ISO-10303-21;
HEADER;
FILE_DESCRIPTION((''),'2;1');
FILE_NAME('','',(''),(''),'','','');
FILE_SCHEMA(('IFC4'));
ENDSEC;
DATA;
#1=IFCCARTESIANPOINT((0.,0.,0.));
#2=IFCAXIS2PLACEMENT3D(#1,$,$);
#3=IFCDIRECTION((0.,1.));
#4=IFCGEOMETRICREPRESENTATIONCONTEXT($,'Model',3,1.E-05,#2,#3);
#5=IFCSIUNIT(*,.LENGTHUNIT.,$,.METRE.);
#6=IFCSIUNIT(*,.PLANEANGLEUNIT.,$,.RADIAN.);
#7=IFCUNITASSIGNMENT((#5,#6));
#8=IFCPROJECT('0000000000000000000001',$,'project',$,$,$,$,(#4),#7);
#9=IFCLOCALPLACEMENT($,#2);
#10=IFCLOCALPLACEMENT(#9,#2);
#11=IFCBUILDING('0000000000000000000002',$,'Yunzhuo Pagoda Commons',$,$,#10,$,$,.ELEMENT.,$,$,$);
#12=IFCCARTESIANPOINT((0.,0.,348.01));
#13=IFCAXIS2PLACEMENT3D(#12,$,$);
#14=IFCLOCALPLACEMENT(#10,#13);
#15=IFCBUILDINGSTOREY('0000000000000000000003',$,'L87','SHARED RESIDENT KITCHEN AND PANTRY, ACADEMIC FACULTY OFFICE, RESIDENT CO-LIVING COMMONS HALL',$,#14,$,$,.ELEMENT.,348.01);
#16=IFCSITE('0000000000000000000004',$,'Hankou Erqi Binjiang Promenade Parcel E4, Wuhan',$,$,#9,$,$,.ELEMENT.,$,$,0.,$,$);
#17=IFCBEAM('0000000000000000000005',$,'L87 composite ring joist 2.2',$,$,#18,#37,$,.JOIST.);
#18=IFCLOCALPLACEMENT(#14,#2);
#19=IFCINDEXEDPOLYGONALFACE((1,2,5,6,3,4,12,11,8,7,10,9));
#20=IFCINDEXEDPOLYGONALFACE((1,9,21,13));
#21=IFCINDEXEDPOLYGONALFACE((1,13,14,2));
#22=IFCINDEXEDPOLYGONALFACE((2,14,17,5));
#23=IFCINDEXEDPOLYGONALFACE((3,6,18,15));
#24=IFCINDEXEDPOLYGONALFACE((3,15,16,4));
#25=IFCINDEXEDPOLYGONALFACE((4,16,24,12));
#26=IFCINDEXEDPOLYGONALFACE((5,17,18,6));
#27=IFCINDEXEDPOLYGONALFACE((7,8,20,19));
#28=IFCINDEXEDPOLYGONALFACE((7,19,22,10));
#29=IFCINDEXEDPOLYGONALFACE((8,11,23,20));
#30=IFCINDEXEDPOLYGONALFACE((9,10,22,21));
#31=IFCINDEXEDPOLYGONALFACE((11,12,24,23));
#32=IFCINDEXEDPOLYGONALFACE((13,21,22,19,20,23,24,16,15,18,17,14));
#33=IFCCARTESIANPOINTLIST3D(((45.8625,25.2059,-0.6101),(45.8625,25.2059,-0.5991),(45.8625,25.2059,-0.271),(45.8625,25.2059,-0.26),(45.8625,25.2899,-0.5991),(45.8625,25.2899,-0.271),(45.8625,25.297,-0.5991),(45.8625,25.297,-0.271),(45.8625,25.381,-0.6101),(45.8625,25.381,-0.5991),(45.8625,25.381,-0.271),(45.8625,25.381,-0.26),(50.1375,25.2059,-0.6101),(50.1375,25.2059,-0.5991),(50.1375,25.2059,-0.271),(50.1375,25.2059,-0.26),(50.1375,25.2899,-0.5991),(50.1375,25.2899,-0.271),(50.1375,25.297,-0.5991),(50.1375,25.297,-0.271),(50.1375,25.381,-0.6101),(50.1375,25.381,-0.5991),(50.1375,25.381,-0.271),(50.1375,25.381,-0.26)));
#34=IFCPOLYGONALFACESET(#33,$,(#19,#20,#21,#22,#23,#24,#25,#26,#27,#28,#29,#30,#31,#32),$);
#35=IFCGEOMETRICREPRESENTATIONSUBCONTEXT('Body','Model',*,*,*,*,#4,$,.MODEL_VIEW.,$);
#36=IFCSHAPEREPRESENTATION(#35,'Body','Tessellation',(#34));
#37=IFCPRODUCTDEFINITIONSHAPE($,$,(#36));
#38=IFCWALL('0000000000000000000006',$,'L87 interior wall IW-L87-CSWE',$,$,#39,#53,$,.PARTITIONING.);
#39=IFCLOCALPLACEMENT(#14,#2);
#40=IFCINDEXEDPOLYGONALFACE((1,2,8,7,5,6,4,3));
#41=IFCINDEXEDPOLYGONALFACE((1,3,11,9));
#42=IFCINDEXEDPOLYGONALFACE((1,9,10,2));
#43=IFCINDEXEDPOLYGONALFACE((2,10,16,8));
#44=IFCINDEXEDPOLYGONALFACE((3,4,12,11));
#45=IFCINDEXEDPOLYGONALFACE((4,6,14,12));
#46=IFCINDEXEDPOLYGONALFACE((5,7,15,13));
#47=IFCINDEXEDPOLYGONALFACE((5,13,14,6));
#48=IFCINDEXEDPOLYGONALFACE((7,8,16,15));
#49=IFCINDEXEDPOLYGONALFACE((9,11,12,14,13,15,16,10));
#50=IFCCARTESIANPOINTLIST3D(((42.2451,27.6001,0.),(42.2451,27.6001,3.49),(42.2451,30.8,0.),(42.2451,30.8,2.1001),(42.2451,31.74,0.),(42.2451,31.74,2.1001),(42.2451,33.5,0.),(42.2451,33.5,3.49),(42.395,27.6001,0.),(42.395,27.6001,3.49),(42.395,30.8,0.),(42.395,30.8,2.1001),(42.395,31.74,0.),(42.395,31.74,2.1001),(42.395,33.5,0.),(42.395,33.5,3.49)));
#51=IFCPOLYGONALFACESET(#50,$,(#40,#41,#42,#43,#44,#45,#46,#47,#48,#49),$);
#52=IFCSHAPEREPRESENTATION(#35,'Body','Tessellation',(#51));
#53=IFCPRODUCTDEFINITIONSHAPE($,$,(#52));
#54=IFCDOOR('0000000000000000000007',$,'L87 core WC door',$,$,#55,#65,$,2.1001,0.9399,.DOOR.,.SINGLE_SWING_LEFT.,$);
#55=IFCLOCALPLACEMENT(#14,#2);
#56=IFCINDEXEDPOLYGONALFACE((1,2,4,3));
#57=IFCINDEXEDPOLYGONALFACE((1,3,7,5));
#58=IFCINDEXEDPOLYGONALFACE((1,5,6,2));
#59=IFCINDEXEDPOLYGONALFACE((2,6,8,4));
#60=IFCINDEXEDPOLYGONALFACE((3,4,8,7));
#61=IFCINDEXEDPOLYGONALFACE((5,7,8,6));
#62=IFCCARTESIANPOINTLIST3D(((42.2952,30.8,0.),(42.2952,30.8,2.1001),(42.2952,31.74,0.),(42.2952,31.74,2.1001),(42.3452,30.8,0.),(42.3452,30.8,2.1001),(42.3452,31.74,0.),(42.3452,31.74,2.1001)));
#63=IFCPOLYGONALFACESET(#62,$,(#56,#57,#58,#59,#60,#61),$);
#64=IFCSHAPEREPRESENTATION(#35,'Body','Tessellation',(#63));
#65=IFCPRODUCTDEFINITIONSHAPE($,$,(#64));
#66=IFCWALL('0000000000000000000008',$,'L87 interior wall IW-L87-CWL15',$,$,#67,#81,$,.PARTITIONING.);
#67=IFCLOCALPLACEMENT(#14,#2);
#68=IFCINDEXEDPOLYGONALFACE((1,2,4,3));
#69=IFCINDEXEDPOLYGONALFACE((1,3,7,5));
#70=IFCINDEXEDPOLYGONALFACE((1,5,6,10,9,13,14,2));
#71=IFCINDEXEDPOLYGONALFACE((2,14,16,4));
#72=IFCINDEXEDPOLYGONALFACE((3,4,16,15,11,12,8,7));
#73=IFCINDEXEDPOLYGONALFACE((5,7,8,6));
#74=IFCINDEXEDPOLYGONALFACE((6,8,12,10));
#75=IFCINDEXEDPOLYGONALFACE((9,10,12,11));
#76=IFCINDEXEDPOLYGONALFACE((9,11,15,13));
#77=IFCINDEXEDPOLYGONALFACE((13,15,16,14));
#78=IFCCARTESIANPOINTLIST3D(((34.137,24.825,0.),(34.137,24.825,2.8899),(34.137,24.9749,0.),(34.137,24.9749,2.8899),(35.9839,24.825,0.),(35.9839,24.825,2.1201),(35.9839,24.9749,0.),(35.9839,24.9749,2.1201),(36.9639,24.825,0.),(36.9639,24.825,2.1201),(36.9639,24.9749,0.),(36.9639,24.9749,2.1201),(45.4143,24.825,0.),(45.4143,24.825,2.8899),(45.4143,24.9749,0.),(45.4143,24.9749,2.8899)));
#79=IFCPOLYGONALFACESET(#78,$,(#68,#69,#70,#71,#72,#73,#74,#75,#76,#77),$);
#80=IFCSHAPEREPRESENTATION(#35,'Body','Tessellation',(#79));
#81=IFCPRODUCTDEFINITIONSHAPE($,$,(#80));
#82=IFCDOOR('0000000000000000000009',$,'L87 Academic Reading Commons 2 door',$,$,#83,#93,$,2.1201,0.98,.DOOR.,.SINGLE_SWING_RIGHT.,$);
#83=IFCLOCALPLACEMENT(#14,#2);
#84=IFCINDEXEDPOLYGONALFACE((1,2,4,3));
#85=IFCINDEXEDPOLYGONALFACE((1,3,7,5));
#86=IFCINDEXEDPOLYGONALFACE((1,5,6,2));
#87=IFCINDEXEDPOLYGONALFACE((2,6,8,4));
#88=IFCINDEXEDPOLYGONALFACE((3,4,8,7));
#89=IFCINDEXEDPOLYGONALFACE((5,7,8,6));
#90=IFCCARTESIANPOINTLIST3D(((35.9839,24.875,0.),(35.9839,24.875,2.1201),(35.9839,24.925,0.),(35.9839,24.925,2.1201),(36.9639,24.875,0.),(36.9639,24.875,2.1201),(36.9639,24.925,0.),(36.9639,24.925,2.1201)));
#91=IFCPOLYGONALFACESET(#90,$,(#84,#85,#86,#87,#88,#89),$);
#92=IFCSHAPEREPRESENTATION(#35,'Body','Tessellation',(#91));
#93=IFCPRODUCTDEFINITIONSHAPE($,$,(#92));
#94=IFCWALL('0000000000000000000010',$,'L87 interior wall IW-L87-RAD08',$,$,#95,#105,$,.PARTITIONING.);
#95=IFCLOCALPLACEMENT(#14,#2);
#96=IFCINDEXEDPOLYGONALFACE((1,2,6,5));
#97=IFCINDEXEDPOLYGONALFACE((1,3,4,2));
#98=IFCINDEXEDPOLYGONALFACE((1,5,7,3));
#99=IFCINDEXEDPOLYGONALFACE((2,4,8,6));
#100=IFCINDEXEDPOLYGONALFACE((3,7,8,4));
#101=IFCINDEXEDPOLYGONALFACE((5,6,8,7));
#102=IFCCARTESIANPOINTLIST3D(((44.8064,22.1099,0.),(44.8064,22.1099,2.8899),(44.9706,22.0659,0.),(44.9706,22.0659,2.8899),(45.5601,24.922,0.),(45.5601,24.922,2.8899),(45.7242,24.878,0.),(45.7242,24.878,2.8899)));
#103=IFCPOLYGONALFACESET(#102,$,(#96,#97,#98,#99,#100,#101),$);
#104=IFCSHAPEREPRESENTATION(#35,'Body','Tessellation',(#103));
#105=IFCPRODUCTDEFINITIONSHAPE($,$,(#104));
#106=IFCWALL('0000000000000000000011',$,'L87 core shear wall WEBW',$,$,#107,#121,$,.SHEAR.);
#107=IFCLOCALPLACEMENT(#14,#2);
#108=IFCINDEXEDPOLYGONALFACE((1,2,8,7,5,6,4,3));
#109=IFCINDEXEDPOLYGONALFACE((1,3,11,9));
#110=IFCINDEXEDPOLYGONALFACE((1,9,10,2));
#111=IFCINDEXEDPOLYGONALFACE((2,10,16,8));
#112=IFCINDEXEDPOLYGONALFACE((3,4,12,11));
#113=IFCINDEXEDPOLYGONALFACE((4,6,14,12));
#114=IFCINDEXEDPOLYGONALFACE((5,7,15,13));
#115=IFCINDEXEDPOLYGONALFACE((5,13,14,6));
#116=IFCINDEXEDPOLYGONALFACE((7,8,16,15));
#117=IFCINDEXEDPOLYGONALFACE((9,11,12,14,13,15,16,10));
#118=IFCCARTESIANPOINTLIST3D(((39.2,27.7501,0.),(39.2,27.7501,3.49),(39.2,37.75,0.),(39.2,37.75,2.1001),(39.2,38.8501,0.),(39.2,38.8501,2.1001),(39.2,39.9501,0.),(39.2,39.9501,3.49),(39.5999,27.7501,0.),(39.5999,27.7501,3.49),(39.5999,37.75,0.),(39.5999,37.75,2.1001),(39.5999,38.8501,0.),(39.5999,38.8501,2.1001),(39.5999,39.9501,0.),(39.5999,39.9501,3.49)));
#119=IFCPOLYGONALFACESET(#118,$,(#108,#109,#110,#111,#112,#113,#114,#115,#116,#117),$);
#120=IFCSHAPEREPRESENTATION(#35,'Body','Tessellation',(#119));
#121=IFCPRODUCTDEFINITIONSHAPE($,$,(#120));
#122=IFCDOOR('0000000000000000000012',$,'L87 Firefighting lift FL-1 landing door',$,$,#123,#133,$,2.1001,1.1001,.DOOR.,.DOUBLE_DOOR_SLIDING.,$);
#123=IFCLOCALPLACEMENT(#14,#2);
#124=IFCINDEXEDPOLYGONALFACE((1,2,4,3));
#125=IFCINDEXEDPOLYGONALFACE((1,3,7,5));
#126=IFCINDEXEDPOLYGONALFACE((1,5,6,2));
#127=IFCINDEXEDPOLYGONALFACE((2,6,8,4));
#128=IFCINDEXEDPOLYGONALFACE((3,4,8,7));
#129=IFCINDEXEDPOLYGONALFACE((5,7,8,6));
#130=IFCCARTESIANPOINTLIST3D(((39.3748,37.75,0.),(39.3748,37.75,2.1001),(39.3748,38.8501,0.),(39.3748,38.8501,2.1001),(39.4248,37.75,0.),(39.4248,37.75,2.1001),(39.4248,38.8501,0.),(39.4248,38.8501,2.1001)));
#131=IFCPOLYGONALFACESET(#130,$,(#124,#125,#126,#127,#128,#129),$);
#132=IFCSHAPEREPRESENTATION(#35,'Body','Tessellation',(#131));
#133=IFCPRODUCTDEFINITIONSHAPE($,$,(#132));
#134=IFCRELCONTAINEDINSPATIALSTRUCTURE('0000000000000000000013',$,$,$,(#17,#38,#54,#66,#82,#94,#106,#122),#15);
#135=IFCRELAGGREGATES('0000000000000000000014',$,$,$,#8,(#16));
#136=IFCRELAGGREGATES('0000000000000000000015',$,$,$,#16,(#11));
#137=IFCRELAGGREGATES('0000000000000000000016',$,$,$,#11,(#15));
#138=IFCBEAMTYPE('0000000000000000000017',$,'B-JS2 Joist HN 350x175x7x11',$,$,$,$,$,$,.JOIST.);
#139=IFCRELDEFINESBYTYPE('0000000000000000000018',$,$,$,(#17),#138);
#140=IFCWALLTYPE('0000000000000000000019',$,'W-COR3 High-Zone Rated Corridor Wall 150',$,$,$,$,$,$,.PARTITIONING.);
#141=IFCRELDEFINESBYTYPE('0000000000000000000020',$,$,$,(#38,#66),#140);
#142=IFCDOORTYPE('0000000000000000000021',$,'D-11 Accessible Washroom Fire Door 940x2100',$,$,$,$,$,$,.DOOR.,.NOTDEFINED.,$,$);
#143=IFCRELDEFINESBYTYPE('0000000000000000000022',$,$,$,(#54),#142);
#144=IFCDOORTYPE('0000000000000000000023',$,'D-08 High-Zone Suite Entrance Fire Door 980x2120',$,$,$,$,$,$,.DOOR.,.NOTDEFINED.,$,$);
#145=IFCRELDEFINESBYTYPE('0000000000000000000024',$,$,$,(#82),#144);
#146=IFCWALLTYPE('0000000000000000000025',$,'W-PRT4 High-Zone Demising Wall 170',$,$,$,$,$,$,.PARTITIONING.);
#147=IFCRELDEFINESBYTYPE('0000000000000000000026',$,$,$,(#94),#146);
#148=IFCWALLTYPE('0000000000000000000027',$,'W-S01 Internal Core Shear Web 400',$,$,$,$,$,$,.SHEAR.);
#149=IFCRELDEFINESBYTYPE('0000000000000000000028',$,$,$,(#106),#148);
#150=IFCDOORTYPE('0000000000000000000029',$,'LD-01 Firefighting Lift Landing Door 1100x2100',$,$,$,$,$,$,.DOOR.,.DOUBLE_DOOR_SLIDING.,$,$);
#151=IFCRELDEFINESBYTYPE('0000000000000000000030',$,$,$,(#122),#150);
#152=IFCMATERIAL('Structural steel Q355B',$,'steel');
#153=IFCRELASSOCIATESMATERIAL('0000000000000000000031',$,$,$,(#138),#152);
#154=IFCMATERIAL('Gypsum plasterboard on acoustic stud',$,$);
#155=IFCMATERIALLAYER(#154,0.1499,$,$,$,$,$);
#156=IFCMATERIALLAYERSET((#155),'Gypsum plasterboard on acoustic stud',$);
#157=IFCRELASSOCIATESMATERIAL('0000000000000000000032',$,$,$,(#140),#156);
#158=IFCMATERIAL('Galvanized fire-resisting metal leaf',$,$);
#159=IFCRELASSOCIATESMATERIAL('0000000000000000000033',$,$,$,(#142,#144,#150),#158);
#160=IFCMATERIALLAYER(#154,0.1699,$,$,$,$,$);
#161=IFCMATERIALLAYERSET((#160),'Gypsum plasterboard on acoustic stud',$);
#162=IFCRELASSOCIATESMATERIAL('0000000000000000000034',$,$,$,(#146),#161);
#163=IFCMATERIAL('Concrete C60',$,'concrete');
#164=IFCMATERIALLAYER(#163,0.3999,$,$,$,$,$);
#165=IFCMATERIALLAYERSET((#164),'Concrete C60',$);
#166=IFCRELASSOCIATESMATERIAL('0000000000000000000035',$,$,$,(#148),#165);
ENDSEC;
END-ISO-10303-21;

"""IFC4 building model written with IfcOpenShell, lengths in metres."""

from ifc_helpers import new_model, si_unit, direction, frame, frame_2d, origin, origin_with_axes, origin_2d, place, context, subcontext, project, spatial, rectangle, i_section, extrude, source, transform, mapped, material, layer, layer_set, material_profile, profile_set, type_object, element, fill, save


model = new_model("IFC4")

# Units and contexts
model_context = context("Model", 3, precision=1e-05, world=origin(), true_north=direction((0.0, 1.0)))
body_context = subcontext(model_context, "Body", "Model", "MODEL_VIEW")
ifc_project = project(units=[si_unit("LENGTHUNIT", "METRE"), si_unit("PLANEANGLEUNIT", "RADIAN")], contexts=[model_context])

# Site, building, storey
site_placement = place(None, origin())
site = spatial("IfcSite", under=ifc_project, at=site_placement, Name="Hankou Erqi Binjiang Promenade Parcel E4, Wuhan", CompositionType="ELEMENT", RefElevation=0.0)
building_placement = place(site_placement, origin())
building = spatial("IfcBuilding", under=site, at=building_placement, Name="Yunzhuo Pagoda Commons", CompositionType="ELEMENT")
storey_placement = place(building_placement, frame((0.0, 0.0, 348.01)))
storey = spatial("IfcBuildingStorey", under=building, at=storey_placement, Name="L87", Description="SHARED RESIDENT KITCHEN AND PANTRY, ACADEMIC FACULTY OFFICE, RESIDENT CO-LIVING COMMONS HALL", CompositionType="ELEMENT", Elevation=348.01)

# Shared definitions
ifc_material_1 = material(Name="Structural steel Q355B", Category="steel")

# Beam
ifc_material_profile_1 = material_profile(ifc_material_1, i_section(OverallWidth=0.175, OverallDepth=0.3501, WebThickness=0.0071, FlangeThickness=0.011, at=origin_2d()), Name="Structural steel Q355B")
ifc_profile_set_1 = profile_set([ifc_material_profile_1], Name="Structural steel Q355B")
beam_type_1 = type_object("IfcBeamType", Name="B-JS2 Joist HN 350x175x7x11", PredefinedType="JOIST", material=ifc_profile_set_1)
shared_shape_1 = source(origin(), body_context, "Body", "SweptSolid", [
    extrude(i_section(OverallWidth=0.175, OverallDepth=0.3501, WebThickness=0.0071, FlangeThickness=0.011, at=origin_2d()), origin(), (0.0, 0.0, 1.0), 4.2749),
])
beam_1_placement = place(storey_placement, frame((45.8625, 25.2935, -0.4351), z_axis=(1.0, 0.0, 0.0), x_axis=(0.0, 1.0, 0.0)))
element("IfcBeam", 1, at=beam_1_placement, inside=storey, type_object=beam_type_1, Name="L87 composite ring joist 2.2", PredefinedType="JOIST", context=body_context, shape_type="MappedRepresentation", body=[
    mapped(shared_shape_1, transform((0.0, 0.0, 0.0), scale=1.0)),
])

# Walls, openings, doors
ifc_material_2 = material(Name="Gypsum plasterboard on acoustic stud")
ifc_layer_1 = layer(ifc_material_2, 0.1499)
ifc_layer_set_1 = layer_set([ifc_layer_1], Name="Gypsum plasterboard on acoustic stud")
wall_type_1 = type_object("IfcWallType", Name="W-COR3 High-Zone Rated Corridor Wall 150", PredefinedType="PARTITIONING", material=ifc_layer_set_1)
wall_1_placement = place(storey_placement, frame((42.3201, 27.6001, 0.0), z_axis=(0.0, 0.0, 1.0), x_axis=(0.0, 1.0, 0.0)))
wall_1 = element("IfcWall", 2, at=wall_1_placement, inside=storey, type_object=wall_type_1, Name="L87 interior wall IW-L87-CSWE", PredefinedType="PARTITIONING", context=body_context, shape_type="SweptSolid", body=[
    extrude(rectangle(XDim=5.8999, YDim=0.1499, at=frame_2d((2.95, 0.0))), origin(), (0.0, 0.0, 1.0), 3.49),
])
opening_1_placement = place(wall_1_placement, frame((3.2, 0.0, 0.0)))
opening_1 = element("IfcOpeningElement", 3, at=opening_1_placement, cuts=wall_1, PredefinedType="OPENING", context=body_context, shape_type="SweptSolid", body=[
    extrude(rectangle(XDim=0.9399, YDim=2.1001, at=frame_2d((0.47, 1.05))), frame((0.0, 0.085, 0.0), z_axis=(0.0, -1.0, 0.0), x_axis=(1.0, 0.0, 0.0)), (0.0, 0.0, 1.0), 0.1699),
])
ifc_material_3 = material(Name="Galvanized fire-resisting metal leaf")
door_type_1 = type_object("IfcDoorType", Name="D-11 Accessible Washroom Fire Door 940x2100", OperationType="NOTDEFINED", PredefinedType="DOOR", material=ifc_material_3)
shared_shape_2 = source(origin(), body_context, "Body", "SweptSolid", [
    extrude(rectangle(XDim=0.9399, YDim=2.1001, at=frame_2d((0.47, 1.05))), frame((0.0, 0.0249, 0.0), z_axis=(0.0, -1.0, 0.0), x_axis=(1.0, 0.0, 0.0)), (0.0, 0.0, 1.0), 0.05),
])
door_1_placement = place(opening_1_placement, origin_with_axes())
door_1 = element("IfcDoor", 4, at=door_1_placement, inside=storey, type_object=door_type_1, Name="L87 core WC door", OperationType="SINGLE_SWING_LEFT", OverallHeight=2.1001, OverallWidth=0.9399, PredefinedType="DOOR", context=body_context, shape_type="MappedRepresentation", body=[
    mapped(shared_shape_2, transform((0.0, 0.0, 0.0), scale=1.0)),
])
fill(opening_1, door_1)
wall_2_placement = place(storey_placement, frame((45.4143, 24.8999, 0.0), z_axis=(0.0, 0.0, 1.0), x_axis=(-1.0, 0.0, 0.0)))
wall_2 = element("IfcWall", 5, at=wall_2_placement, inside=storey, type_object=wall_type_1, Name="L87 interior wall IW-L87-CWL15", PredefinedType="PARTITIONING", context=body_context, shape_type="SweptSolid", body=[
    extrude(rectangle(XDim=11.2773, YDim=0.1499, at=frame_2d((5.6387, 0.0))), origin(), (0.0, 0.0, 1.0), 2.8899),
])
opening_2_placement = place(wall_2_placement, frame((8.4504, 0.0, 0.0)))
opening_2 = element("IfcOpeningElement", 6, at=opening_2_placement, cuts=wall_2, PredefinedType="OPENING", context=body_context, shape_type="SweptSolid", body=[
    extrude(rectangle(XDim=0.98, YDim=2.1201, at=frame_2d((0.49, 1.0601))), frame((0.0, 0.085, 0.0), z_axis=(0.0, -1.0, 0.0), x_axis=(1.0, 0.0, 0.0)), (0.0, 0.0, 1.0), 0.1699),
])
door_type_2 = type_object("IfcDoorType", Name="D-08 High-Zone Suite Entrance Fire Door 980x2120", OperationType="NOTDEFINED", PredefinedType="DOOR", material=ifc_material_3)
shared_shape_3 = source(origin(), body_context, "Body", "SweptSolid", [
    extrude(rectangle(XDim=0.98, YDim=2.1201, at=frame_2d((0.49, 1.0601))), frame((0.0, 0.0249, 0.0), z_axis=(0.0, -1.0, 0.0), x_axis=(1.0, 0.0, 0.0)), (0.0, 0.0, 1.0), 0.05),
])
door_2_placement = place(opening_2_placement, origin_with_axes())
door_2 = element("IfcDoor", 7, at=door_2_placement, inside=storey, type_object=door_type_2, Name="L87 Academic Reading Commons 2 door", OperationType="SINGLE_SWING_RIGHT", OverallHeight=2.1201, OverallWidth=0.98, PredefinedType="DOOR", context=body_context, shape_type="MappedRepresentation", body=[
    mapped(shared_shape_3, transform((0.0, 0.0, 0.0), scale=1.0)),
])
fill(opening_2, door_2)

# Wall
ifc_layer_2 = layer(ifc_material_2, 0.1699)
ifc_layer_set_2 = layer_set([ifc_layer_2], Name="Gypsum plasterboard on acoustic stud")
wall_type_2 = type_object("IfcWallType", Name="W-PRT4 High-Zone Demising Wall 170", PredefinedType="PARTITIONING", material=ifc_layer_set_2)
wall_3_placement = place(storey_placement, frame((45.6421, 24.8999, 0.0), z_axis=(0.0, 0.0, 1.0), x_axis=(-0.258858, -0.965915, 0.0)))
element("IfcWall", 8, at=wall_3_placement, inside=storey, type_object=wall_type_2, Name="L87 interior wall IW-L87-RAD08", PredefinedType="PARTITIONING", context=body_context, shape_type="SweptSolid", body=[
    extrude(rectangle(XDim=2.9114, YDim=0.1699, at=frame_2d((1.4556, 0.0))), origin(), (0.0, 0.0, 1.0), 2.8899),
])

# Wall, opening, door
ifc_material_4 = material(Name="Concrete C60", Category="concrete")
ifc_layer_3 = layer(ifc_material_4, 0.3999)
ifc_layer_set_3 = layer_set([ifc_layer_3], Name="Concrete C60")
wall_type_3 = type_object("IfcWallType", Name="W-S01 Internal Core Shear Web 400", PredefinedType="SHEAR", material=ifc_layer_set_3)
wall_4_placement = place(storey_placement, frame((39.3999, 27.75, 0.0), z_axis=(0.0, 0.0, 1.0), x_axis=(0.0, 1.0, 0.0)))
wall_4 = element("IfcWall", 9, at=wall_4_placement, inside=storey, type_object=wall_type_3, Name="L87 core shear wall WEBW", PredefinedType="SHEAR", context=body_context, shape_type="SweptSolid", body=[
    extrude(rectangle(XDim=12.2, YDim=0.3999, at=frame_2d((6.1001, 0.0))), origin(), (0.0, 0.0, 1.0), 3.49),
])
opening_3_placement = place(wall_4_placement, frame((10.0, 0.0, 0.0)))
opening_3 = element("IfcOpeningElement", 10, at=opening_3_placement, cuts=wall_4, PredefinedType="OPENING", context=body_context, shape_type="SweptSolid", body=[
    extrude(rectangle(XDim=1.1001, YDim=2.1001, at=frame_2d((0.55, 1.05))), frame((0.0, 0.21, 0.0), z_axis=(0.0, -1.0, 0.0), x_axis=(1.0, 0.0, 0.0)), (0.0, 0.0, 1.0), 0.4199),
])
door_type_3 = type_object("IfcDoorType", Name="LD-01 Firefighting Lift Landing Door 1100x2100", OperationType="DOUBLE_DOOR_SLIDING", PredefinedType="DOOR", material=ifc_material_3)
shared_shape_4 = source(origin(), body_context, "Body", "SweptSolid", [
    extrude(rectangle(XDim=1.1001, YDim=2.1001, at=frame_2d((0.55, 1.05))), frame((0.0, 0.0249, 0.0), z_axis=(0.0, -1.0, 0.0), x_axis=(1.0, 0.0, 0.0)), (0.0, 0.0, 1.0), 0.05),
])
door_3_placement = place(opening_3_placement, frame((1.1001, 0.0, 0.0), z_axis=(0.0, 0.0, 1.0), x_axis=(-1.0, 0.0, 0.0)))
door_3 = element("IfcDoor", 11, at=door_3_placement, inside=storey, type_object=door_type_3, Name="L87 Firefighting lift FL-1 landing door", OperationType="DOUBLE_DOOR_SLIDING", OverallHeight=2.1001, OverallWidth=1.1001, PredefinedType="DOOR", context=body_context, shape_type="MappedRepresentation", body=[
    mapped(shared_shape_4, transform((0.0, 0.0, 0.0), scale=1.0)),
])
fill(opening_3, door_3)

save(model, "model.ifc")
